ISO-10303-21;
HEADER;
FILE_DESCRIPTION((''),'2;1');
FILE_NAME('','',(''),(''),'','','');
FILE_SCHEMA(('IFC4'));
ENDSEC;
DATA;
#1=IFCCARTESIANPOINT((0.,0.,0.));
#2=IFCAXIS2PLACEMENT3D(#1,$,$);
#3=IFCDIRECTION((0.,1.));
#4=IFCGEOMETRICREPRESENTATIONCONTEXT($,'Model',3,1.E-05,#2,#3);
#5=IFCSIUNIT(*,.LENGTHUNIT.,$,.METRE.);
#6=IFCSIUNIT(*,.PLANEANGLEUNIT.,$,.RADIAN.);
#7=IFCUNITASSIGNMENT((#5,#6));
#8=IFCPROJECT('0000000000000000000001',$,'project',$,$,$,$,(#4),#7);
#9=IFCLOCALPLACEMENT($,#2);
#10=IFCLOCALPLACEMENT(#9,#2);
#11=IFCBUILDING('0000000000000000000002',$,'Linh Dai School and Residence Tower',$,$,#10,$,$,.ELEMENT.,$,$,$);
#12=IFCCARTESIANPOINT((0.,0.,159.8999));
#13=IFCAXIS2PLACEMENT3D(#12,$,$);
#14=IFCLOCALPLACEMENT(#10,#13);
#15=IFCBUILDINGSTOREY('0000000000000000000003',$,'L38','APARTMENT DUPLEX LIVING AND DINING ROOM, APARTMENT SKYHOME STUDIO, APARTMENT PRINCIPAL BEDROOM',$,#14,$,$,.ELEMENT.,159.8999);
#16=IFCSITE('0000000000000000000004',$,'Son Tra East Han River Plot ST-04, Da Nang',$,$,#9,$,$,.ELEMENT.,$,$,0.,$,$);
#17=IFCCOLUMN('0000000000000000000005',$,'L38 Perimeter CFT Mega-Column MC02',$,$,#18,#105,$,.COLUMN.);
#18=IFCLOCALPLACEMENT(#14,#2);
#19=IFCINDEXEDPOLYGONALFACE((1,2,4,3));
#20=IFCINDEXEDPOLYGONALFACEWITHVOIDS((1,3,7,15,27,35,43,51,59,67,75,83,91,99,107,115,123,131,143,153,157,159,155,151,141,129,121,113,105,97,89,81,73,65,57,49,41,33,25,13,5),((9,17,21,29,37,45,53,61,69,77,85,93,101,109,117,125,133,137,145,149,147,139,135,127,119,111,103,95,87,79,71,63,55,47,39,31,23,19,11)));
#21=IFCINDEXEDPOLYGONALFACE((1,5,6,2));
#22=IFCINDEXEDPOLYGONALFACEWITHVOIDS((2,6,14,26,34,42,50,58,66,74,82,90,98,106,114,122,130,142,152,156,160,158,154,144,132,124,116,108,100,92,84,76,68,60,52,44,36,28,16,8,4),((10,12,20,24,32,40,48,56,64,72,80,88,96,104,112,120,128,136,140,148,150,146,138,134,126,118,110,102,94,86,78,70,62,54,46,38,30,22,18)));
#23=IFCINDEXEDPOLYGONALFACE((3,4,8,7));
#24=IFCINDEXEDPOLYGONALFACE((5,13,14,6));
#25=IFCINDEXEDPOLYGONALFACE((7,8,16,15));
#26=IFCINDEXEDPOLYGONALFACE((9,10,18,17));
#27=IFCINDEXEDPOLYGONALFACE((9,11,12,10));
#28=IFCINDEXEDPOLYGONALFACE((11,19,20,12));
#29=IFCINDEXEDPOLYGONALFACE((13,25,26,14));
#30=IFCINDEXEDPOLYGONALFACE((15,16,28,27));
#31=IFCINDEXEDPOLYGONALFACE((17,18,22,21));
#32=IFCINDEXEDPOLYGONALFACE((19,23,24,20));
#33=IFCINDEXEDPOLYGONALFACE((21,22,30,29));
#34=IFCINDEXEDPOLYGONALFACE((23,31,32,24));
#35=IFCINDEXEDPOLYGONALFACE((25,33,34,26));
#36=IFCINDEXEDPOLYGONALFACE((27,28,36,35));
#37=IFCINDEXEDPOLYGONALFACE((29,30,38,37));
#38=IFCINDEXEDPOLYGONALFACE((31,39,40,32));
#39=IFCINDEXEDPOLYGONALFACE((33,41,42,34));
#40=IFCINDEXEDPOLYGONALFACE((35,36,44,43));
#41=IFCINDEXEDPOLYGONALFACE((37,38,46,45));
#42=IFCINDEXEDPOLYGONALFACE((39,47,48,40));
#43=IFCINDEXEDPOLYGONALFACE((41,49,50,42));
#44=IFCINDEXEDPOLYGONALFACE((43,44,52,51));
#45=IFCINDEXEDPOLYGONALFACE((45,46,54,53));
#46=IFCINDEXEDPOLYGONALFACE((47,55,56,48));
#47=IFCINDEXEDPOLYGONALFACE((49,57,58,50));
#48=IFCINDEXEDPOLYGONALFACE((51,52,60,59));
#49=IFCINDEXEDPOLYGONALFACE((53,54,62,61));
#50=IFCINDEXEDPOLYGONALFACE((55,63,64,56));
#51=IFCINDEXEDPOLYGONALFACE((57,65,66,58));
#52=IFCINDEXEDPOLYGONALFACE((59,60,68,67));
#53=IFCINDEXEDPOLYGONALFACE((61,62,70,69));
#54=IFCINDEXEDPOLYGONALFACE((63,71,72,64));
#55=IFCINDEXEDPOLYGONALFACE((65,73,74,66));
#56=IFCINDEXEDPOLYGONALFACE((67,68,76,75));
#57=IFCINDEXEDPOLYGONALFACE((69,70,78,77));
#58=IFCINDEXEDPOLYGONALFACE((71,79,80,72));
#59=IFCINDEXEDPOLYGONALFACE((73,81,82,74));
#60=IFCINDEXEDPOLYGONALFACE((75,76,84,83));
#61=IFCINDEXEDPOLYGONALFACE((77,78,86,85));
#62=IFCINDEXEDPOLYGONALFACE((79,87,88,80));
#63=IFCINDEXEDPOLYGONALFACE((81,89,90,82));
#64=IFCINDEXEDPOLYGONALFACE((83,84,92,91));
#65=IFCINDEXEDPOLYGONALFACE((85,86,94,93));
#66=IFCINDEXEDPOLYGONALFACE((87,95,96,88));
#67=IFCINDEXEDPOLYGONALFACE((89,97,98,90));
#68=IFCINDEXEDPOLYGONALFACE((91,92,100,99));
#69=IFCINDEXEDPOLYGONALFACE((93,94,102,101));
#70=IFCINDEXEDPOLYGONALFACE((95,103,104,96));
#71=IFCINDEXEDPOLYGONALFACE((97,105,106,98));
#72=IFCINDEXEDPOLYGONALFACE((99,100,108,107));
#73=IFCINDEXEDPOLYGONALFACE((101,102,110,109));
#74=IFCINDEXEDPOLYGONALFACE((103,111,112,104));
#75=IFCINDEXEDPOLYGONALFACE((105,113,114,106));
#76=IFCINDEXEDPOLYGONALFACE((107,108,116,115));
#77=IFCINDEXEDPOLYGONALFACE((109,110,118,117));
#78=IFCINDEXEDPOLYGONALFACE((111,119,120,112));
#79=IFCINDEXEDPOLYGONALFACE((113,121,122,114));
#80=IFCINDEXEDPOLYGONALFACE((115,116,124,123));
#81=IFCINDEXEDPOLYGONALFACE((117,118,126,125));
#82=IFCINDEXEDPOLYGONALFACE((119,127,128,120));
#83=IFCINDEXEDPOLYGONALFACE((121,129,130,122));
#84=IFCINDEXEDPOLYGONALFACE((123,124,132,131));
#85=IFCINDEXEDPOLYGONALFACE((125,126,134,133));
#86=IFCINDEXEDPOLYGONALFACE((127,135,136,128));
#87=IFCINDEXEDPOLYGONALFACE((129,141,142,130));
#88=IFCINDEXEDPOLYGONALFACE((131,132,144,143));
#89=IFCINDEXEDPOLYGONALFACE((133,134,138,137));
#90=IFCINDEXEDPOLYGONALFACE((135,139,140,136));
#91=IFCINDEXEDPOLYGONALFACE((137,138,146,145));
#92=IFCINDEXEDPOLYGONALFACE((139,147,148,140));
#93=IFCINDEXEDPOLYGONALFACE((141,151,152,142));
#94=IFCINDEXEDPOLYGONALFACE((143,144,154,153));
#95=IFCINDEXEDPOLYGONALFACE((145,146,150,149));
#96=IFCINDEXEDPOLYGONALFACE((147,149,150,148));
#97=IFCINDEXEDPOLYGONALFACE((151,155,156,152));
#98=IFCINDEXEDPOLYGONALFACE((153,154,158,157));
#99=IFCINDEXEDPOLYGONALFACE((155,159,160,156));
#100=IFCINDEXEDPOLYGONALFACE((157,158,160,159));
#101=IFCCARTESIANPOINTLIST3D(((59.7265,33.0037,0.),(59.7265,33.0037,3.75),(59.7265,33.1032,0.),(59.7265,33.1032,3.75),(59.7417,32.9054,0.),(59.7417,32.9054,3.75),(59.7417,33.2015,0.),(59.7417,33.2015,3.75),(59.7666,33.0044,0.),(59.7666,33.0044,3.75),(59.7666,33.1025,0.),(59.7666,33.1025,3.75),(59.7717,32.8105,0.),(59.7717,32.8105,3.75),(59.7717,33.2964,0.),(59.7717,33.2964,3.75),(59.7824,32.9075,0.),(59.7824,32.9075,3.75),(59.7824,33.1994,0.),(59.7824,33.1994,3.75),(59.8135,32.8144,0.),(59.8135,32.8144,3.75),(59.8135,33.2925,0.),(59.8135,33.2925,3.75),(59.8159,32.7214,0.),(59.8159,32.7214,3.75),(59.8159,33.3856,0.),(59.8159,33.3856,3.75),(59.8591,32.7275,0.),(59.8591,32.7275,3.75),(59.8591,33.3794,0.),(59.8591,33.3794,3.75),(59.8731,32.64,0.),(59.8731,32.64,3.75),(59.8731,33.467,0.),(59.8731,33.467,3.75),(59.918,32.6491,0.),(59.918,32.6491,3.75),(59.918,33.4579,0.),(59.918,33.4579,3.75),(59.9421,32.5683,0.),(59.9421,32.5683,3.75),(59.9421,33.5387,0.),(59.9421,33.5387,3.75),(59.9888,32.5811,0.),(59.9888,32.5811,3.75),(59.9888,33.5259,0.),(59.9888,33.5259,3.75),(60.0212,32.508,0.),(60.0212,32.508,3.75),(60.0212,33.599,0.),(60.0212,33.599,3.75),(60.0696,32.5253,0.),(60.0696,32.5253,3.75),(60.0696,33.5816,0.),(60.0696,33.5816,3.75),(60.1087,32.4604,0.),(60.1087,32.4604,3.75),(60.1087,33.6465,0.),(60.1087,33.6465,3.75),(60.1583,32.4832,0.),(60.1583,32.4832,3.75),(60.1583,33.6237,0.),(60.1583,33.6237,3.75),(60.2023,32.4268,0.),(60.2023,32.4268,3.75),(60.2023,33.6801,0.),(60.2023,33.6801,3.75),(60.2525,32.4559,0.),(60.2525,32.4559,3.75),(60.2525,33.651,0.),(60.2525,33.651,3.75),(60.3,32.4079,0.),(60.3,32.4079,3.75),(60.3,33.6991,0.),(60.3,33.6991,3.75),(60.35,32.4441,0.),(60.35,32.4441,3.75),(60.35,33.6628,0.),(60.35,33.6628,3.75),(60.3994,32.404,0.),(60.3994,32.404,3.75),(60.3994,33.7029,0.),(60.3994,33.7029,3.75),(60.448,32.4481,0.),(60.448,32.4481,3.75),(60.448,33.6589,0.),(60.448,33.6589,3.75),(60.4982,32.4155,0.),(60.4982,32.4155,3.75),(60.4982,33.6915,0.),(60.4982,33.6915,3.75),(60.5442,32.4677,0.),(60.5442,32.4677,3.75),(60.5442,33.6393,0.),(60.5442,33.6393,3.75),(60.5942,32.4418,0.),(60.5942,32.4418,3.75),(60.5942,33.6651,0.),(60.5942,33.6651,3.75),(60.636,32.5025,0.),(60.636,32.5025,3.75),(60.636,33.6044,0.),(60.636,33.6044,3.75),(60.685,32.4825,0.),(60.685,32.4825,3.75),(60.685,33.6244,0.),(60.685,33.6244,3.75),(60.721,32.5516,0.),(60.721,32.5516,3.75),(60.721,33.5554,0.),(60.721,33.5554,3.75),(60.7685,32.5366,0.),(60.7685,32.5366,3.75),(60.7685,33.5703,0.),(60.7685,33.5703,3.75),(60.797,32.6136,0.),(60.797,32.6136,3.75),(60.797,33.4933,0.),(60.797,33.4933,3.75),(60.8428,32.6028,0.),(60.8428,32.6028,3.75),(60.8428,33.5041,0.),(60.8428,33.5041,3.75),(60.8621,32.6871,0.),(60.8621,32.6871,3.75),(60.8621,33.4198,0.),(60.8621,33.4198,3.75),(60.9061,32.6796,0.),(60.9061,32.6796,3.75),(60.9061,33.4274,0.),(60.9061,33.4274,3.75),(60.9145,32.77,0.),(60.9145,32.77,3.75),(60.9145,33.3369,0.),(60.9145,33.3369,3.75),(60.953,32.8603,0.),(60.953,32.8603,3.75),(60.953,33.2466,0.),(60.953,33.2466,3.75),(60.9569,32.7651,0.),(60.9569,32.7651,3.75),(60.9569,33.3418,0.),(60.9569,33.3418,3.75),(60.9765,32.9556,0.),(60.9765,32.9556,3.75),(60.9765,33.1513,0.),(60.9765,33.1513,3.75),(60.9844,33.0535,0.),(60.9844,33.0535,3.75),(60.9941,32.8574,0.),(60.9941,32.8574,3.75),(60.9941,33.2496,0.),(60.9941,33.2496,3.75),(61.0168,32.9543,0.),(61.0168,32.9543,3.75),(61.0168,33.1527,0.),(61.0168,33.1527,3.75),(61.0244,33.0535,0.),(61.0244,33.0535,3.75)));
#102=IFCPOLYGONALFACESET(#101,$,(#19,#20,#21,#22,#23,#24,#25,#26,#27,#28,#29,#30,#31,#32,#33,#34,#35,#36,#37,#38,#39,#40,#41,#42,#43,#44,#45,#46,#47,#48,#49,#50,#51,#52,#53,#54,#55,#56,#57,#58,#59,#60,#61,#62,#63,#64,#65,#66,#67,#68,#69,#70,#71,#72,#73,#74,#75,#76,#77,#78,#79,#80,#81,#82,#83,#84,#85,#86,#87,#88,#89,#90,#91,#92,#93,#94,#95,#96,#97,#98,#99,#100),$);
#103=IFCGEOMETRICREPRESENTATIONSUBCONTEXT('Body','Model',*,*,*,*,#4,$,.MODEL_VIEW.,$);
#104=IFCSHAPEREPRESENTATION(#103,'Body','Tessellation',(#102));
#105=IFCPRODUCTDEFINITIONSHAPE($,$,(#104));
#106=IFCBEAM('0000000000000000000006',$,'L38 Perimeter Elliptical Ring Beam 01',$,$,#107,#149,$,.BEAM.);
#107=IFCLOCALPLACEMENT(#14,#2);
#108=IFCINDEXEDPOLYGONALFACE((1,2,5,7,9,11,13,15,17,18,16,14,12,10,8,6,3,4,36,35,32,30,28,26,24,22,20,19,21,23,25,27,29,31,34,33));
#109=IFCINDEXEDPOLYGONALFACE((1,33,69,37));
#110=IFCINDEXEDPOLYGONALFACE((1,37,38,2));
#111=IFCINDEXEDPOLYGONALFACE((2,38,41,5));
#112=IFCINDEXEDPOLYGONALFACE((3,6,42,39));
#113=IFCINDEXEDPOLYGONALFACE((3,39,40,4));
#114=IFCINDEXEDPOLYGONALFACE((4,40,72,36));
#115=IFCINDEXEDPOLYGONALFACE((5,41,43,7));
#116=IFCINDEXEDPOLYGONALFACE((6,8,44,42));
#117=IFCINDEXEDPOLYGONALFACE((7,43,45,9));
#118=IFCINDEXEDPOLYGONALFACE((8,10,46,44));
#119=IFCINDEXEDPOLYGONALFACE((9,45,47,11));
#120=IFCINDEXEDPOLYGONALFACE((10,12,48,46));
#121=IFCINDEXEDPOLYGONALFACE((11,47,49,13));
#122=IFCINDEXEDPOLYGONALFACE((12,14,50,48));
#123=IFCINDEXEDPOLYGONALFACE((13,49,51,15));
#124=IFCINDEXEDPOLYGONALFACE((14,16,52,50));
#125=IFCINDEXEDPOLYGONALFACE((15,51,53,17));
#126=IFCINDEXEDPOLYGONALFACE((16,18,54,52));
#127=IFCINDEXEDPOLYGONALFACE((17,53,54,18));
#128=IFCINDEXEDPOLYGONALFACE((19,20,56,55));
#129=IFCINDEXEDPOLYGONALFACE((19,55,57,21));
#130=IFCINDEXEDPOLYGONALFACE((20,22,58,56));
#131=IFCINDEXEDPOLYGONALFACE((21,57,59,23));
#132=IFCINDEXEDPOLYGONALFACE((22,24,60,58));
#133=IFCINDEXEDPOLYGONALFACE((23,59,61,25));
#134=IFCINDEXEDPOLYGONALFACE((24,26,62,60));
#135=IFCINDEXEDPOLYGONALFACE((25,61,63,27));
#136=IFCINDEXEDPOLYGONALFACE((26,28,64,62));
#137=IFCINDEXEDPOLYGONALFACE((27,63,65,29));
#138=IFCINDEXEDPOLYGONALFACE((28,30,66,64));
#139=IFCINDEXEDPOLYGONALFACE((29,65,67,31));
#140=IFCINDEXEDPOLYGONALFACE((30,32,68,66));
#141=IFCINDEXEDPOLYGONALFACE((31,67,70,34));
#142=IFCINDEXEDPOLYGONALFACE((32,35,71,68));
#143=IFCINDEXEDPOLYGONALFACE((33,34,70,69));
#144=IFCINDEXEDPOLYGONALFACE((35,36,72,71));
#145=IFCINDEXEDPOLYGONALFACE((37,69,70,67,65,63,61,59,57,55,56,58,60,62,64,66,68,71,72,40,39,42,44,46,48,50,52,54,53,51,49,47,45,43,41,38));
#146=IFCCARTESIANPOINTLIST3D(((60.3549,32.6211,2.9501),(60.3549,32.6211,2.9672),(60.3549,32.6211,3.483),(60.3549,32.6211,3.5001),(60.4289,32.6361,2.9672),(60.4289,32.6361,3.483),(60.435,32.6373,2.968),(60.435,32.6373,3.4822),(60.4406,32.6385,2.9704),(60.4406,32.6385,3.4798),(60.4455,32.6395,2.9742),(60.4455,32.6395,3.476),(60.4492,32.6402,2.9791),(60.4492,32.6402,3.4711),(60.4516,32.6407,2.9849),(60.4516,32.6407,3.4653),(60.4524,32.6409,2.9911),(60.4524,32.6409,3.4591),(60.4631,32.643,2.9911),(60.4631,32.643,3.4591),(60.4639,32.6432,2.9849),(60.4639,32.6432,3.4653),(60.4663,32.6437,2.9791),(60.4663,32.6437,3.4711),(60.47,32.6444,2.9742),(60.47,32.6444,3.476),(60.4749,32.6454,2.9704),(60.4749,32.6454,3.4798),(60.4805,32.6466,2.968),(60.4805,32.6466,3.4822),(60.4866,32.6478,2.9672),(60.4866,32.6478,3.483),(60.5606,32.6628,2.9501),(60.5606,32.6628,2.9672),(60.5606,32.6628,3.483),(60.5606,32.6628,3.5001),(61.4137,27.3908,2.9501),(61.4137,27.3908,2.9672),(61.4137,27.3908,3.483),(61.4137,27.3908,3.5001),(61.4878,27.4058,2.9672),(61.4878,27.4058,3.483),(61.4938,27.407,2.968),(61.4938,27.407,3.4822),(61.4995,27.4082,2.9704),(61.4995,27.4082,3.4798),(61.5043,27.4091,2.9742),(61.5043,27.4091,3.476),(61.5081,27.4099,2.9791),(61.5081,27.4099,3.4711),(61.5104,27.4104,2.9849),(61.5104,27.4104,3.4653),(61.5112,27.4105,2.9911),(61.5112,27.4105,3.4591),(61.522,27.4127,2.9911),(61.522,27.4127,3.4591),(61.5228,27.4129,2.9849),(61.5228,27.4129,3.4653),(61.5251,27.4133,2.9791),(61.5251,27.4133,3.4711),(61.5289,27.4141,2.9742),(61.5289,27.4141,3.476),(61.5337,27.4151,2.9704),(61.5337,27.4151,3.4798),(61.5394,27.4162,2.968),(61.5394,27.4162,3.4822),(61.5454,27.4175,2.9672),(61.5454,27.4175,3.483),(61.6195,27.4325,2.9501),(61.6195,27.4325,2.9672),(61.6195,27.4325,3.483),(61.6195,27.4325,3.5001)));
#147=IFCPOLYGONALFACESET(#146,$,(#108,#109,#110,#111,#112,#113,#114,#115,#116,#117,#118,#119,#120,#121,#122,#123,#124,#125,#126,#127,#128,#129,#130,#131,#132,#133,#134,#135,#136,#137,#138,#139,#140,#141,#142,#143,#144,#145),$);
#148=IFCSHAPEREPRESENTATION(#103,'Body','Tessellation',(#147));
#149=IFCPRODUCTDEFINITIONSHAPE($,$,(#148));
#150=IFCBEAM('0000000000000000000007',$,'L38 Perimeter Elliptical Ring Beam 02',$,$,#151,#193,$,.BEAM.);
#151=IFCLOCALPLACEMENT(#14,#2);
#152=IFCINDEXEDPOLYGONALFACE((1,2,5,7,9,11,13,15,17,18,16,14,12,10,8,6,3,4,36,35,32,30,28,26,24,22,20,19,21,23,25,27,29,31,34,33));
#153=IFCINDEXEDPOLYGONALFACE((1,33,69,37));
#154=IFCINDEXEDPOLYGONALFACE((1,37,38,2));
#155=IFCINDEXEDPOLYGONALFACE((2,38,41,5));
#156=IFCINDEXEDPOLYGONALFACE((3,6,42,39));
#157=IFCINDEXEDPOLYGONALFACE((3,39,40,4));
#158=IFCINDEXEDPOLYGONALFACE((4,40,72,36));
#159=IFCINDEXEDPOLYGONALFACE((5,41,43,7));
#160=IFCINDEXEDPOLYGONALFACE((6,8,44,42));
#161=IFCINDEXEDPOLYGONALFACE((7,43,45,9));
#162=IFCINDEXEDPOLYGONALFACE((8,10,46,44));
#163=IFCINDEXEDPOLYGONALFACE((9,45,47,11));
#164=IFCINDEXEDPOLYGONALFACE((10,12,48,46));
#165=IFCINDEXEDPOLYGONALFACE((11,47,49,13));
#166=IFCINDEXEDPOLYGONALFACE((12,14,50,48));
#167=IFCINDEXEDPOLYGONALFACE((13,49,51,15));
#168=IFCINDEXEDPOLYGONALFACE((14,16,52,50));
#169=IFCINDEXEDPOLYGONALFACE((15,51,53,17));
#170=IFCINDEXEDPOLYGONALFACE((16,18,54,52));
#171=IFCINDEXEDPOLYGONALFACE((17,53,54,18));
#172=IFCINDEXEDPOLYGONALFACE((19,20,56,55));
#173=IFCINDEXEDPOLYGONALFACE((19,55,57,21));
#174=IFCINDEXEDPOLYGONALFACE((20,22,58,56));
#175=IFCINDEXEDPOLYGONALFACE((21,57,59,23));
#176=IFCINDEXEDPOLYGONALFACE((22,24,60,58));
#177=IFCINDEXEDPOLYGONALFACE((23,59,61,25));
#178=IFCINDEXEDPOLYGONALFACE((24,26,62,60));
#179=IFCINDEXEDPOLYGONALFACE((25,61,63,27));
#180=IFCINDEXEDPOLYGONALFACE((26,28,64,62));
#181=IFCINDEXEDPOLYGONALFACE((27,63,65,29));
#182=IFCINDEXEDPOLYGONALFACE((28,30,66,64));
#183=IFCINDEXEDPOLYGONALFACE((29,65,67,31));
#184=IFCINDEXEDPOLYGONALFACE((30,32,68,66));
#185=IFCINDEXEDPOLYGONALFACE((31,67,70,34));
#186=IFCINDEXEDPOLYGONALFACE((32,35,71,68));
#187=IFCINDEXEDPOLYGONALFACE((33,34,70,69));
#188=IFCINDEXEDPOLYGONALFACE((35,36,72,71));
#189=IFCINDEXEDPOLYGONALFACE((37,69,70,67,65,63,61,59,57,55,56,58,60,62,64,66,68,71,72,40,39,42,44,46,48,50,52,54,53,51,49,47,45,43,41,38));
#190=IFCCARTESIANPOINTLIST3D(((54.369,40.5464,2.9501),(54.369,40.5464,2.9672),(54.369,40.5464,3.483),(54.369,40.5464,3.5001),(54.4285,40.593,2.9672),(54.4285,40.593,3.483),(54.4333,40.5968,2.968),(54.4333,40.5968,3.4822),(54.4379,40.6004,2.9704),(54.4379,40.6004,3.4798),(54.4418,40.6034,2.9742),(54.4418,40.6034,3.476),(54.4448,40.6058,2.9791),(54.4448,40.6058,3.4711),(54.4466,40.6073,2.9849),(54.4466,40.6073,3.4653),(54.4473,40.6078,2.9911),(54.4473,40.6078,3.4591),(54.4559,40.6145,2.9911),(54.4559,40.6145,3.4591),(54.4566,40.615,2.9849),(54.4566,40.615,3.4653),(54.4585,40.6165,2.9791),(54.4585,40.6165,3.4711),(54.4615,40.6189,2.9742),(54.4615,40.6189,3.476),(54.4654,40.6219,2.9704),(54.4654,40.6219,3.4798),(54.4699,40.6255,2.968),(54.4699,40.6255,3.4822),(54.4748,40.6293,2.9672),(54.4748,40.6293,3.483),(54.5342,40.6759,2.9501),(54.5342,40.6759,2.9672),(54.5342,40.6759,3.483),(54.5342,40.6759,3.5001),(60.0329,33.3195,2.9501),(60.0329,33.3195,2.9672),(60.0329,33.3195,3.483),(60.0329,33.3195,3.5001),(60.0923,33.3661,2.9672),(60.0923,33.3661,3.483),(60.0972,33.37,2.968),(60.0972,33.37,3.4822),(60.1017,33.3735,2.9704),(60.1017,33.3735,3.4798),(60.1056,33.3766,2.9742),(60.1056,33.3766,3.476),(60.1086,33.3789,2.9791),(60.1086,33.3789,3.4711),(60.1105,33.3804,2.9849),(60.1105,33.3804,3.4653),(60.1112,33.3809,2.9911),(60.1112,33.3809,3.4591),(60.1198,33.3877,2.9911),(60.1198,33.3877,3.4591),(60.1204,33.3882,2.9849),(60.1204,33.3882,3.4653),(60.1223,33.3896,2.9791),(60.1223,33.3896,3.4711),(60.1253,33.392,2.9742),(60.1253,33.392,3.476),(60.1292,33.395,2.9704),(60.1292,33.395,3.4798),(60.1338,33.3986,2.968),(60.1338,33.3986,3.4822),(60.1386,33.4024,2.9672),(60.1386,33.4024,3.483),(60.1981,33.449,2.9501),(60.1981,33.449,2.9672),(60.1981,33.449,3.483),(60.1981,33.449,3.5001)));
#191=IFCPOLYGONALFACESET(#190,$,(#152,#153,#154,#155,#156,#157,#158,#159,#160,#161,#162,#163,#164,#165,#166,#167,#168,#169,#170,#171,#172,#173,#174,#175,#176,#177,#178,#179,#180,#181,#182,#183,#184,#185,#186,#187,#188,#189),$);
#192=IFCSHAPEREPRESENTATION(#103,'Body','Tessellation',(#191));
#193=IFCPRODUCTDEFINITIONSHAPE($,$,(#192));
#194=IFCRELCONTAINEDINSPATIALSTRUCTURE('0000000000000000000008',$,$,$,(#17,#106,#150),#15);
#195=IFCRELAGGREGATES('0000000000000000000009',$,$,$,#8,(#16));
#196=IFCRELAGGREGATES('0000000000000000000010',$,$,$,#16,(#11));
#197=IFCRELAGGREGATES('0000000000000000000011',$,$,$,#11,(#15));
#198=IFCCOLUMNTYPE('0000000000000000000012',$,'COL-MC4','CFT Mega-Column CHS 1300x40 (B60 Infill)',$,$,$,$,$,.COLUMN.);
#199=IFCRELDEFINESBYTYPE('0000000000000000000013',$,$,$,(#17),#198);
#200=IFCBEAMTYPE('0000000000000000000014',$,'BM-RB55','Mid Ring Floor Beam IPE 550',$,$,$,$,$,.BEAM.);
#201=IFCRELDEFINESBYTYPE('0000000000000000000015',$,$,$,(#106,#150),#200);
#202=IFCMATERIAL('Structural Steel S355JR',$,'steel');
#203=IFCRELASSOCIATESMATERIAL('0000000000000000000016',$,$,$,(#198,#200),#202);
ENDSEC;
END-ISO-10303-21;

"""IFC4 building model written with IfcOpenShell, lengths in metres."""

from ifc_helpers import new_model, si_unit, direction, frame, origin, origin_2d, place, context, subcontext, project, spatial, hollow_circle, i_section, extrude, material, material_profile, profile_set, type_object, element, save


model = new_model("IFC4")

# Units and contexts
model_context = context("Model", 3, precision=1e-05, world=origin(), true_north=direction((0.0, 1.0)))
body_context = subcontext(model_context, "Body", "Model", "MODEL_VIEW")
ifc_project = project(units=[si_unit("LENGTHUNIT", "METRE"), si_unit("PLANEANGLEUNIT", "RADIAN")], contexts=[model_context])

# Site, building, storey
site_placement = place(None, origin())
site = spatial("IfcSite", under=ifc_project, at=site_placement, Name="Son Tra East Han River Plot ST-04, Da Nang", CompositionType="ELEMENT", RefElevation=0.0)
building_placement = place(site_placement, origin())
building = spatial("IfcBuilding", under=site, at=building_placement, Name="Linh Dai School and Residence Tower", CompositionType="ELEMENT")
storey_placement = place(building_placement, frame((0.0, 0.0, 159.8999)))
storey = spatial("IfcBuildingStorey", under=building, at=storey_placement, Name="L38", Description="APARTMENT DUPLEX LIVING AND DINING ROOM, APARTMENT SKYHOME STUDIO, APARTMENT PRINCIPAL BEDROOM", CompositionType="ELEMENT", Elevation=159.8999)

# Column
ifc_material_1 = material(Name="Structural Steel S355JR", Category="steel")
ifc_material_profile_1 = material_profile(ifc_material_1, hollow_circle(Radius=0.6499, WallThickness=0.04, at=origin_2d()), Name="CHS 1300x40")
ifc_profile_set_1 = profile_set([ifc_material_profile_1], Name="Structural Steel S355JR")
column_type = type_object("IfcColumnType", Name="COL-MC4", Description="CFT Mega-Column CHS 1300x40 (B60 Infill)", PredefinedType="COLUMN", material=ifc_profile_set_1)
column_placement = place(storey_placement, frame((60.3745, 33.0535, 0.0), z_axis=(0.0, 0.0, 1.0), x_axis=(1.0, 0.0, 0.0)))
element("IfcColumn", 1, at=column_placement, inside=storey, type_object=column_type, Name="L38 Perimeter CFT Mega-Column MC02", PredefinedType="COLUMN", context=body_context, shape_type="SweptSolid", body=[
    extrude(hollow_circle(Radius=0.6499, WallThickness=0.04, at=origin_2d()), origin(), (0.0, 0.0, 1.0), 3.75),
])

# Beams
ifc_material_profile_2 = material_profile(ifc_material_1, i_section(OverallWidth=0.21, OverallDepth=0.55, WebThickness=0.011, FlangeThickness=0.0171, FilletRadius=0.0239, at=origin_2d()), Name="IPE 550")
ifc_profile_set_2 = profile_set([ifc_material_profile_2], Name="Structural Steel S355JR")
beam_type = type_object("IfcBeamType", Name="BM-RB55", Description="Mid Ring Floor Beam IPE 550", PredefinedType="BEAM", material=ifc_profile_set_2)
beam_1_placement = place(storey_placement, frame((61.5166, 27.4116, 3.2251), z_axis=(-0.198421, 0.980117, 0.0), x_axis=(-0.980117, -0.198421, 0.0)))
element("IfcBeam", 2, at=beam_1_placement, inside=storey, type_object=beam_type, Name="L38 Perimeter Elliptical Ring Beam 01", PredefinedType="BEAM", context=body_context, shape_type="SweptSolid", body=[
    extrude(i_section(OverallWidth=0.21, OverallDepth=0.55, WebThickness=0.011, FlangeThickness=0.0171, FilletRadius=0.0239, at=origin_2d()), origin(), (0.0, 0.0, 1.0), 5.3364),
])
beam_2_placement = place(storey_placement, frame((60.1155, 33.3843, 3.2251), z_axis=(-0.616852, 0.787079, 0.0), x_axis=(-0.787079, -0.616852, 0.0)))
element("IfcBeam", 3, at=beam_2_placement, inside=storey, type_object=beam_type, Name="L38 Perimeter Elliptical Ring Beam 02", PredefinedType="BEAM", context=body_context, shape_type="SweptSolid", body=[
    extrude(i_section(OverallWidth=0.21, OverallDepth=0.55, WebThickness=0.011, FlangeThickness=0.0171, FilletRadius=0.0239, at=origin_2d()), origin(), (0.0, 0.0, 1.0), 9.1819),
])

save(model, "model.ifc")
